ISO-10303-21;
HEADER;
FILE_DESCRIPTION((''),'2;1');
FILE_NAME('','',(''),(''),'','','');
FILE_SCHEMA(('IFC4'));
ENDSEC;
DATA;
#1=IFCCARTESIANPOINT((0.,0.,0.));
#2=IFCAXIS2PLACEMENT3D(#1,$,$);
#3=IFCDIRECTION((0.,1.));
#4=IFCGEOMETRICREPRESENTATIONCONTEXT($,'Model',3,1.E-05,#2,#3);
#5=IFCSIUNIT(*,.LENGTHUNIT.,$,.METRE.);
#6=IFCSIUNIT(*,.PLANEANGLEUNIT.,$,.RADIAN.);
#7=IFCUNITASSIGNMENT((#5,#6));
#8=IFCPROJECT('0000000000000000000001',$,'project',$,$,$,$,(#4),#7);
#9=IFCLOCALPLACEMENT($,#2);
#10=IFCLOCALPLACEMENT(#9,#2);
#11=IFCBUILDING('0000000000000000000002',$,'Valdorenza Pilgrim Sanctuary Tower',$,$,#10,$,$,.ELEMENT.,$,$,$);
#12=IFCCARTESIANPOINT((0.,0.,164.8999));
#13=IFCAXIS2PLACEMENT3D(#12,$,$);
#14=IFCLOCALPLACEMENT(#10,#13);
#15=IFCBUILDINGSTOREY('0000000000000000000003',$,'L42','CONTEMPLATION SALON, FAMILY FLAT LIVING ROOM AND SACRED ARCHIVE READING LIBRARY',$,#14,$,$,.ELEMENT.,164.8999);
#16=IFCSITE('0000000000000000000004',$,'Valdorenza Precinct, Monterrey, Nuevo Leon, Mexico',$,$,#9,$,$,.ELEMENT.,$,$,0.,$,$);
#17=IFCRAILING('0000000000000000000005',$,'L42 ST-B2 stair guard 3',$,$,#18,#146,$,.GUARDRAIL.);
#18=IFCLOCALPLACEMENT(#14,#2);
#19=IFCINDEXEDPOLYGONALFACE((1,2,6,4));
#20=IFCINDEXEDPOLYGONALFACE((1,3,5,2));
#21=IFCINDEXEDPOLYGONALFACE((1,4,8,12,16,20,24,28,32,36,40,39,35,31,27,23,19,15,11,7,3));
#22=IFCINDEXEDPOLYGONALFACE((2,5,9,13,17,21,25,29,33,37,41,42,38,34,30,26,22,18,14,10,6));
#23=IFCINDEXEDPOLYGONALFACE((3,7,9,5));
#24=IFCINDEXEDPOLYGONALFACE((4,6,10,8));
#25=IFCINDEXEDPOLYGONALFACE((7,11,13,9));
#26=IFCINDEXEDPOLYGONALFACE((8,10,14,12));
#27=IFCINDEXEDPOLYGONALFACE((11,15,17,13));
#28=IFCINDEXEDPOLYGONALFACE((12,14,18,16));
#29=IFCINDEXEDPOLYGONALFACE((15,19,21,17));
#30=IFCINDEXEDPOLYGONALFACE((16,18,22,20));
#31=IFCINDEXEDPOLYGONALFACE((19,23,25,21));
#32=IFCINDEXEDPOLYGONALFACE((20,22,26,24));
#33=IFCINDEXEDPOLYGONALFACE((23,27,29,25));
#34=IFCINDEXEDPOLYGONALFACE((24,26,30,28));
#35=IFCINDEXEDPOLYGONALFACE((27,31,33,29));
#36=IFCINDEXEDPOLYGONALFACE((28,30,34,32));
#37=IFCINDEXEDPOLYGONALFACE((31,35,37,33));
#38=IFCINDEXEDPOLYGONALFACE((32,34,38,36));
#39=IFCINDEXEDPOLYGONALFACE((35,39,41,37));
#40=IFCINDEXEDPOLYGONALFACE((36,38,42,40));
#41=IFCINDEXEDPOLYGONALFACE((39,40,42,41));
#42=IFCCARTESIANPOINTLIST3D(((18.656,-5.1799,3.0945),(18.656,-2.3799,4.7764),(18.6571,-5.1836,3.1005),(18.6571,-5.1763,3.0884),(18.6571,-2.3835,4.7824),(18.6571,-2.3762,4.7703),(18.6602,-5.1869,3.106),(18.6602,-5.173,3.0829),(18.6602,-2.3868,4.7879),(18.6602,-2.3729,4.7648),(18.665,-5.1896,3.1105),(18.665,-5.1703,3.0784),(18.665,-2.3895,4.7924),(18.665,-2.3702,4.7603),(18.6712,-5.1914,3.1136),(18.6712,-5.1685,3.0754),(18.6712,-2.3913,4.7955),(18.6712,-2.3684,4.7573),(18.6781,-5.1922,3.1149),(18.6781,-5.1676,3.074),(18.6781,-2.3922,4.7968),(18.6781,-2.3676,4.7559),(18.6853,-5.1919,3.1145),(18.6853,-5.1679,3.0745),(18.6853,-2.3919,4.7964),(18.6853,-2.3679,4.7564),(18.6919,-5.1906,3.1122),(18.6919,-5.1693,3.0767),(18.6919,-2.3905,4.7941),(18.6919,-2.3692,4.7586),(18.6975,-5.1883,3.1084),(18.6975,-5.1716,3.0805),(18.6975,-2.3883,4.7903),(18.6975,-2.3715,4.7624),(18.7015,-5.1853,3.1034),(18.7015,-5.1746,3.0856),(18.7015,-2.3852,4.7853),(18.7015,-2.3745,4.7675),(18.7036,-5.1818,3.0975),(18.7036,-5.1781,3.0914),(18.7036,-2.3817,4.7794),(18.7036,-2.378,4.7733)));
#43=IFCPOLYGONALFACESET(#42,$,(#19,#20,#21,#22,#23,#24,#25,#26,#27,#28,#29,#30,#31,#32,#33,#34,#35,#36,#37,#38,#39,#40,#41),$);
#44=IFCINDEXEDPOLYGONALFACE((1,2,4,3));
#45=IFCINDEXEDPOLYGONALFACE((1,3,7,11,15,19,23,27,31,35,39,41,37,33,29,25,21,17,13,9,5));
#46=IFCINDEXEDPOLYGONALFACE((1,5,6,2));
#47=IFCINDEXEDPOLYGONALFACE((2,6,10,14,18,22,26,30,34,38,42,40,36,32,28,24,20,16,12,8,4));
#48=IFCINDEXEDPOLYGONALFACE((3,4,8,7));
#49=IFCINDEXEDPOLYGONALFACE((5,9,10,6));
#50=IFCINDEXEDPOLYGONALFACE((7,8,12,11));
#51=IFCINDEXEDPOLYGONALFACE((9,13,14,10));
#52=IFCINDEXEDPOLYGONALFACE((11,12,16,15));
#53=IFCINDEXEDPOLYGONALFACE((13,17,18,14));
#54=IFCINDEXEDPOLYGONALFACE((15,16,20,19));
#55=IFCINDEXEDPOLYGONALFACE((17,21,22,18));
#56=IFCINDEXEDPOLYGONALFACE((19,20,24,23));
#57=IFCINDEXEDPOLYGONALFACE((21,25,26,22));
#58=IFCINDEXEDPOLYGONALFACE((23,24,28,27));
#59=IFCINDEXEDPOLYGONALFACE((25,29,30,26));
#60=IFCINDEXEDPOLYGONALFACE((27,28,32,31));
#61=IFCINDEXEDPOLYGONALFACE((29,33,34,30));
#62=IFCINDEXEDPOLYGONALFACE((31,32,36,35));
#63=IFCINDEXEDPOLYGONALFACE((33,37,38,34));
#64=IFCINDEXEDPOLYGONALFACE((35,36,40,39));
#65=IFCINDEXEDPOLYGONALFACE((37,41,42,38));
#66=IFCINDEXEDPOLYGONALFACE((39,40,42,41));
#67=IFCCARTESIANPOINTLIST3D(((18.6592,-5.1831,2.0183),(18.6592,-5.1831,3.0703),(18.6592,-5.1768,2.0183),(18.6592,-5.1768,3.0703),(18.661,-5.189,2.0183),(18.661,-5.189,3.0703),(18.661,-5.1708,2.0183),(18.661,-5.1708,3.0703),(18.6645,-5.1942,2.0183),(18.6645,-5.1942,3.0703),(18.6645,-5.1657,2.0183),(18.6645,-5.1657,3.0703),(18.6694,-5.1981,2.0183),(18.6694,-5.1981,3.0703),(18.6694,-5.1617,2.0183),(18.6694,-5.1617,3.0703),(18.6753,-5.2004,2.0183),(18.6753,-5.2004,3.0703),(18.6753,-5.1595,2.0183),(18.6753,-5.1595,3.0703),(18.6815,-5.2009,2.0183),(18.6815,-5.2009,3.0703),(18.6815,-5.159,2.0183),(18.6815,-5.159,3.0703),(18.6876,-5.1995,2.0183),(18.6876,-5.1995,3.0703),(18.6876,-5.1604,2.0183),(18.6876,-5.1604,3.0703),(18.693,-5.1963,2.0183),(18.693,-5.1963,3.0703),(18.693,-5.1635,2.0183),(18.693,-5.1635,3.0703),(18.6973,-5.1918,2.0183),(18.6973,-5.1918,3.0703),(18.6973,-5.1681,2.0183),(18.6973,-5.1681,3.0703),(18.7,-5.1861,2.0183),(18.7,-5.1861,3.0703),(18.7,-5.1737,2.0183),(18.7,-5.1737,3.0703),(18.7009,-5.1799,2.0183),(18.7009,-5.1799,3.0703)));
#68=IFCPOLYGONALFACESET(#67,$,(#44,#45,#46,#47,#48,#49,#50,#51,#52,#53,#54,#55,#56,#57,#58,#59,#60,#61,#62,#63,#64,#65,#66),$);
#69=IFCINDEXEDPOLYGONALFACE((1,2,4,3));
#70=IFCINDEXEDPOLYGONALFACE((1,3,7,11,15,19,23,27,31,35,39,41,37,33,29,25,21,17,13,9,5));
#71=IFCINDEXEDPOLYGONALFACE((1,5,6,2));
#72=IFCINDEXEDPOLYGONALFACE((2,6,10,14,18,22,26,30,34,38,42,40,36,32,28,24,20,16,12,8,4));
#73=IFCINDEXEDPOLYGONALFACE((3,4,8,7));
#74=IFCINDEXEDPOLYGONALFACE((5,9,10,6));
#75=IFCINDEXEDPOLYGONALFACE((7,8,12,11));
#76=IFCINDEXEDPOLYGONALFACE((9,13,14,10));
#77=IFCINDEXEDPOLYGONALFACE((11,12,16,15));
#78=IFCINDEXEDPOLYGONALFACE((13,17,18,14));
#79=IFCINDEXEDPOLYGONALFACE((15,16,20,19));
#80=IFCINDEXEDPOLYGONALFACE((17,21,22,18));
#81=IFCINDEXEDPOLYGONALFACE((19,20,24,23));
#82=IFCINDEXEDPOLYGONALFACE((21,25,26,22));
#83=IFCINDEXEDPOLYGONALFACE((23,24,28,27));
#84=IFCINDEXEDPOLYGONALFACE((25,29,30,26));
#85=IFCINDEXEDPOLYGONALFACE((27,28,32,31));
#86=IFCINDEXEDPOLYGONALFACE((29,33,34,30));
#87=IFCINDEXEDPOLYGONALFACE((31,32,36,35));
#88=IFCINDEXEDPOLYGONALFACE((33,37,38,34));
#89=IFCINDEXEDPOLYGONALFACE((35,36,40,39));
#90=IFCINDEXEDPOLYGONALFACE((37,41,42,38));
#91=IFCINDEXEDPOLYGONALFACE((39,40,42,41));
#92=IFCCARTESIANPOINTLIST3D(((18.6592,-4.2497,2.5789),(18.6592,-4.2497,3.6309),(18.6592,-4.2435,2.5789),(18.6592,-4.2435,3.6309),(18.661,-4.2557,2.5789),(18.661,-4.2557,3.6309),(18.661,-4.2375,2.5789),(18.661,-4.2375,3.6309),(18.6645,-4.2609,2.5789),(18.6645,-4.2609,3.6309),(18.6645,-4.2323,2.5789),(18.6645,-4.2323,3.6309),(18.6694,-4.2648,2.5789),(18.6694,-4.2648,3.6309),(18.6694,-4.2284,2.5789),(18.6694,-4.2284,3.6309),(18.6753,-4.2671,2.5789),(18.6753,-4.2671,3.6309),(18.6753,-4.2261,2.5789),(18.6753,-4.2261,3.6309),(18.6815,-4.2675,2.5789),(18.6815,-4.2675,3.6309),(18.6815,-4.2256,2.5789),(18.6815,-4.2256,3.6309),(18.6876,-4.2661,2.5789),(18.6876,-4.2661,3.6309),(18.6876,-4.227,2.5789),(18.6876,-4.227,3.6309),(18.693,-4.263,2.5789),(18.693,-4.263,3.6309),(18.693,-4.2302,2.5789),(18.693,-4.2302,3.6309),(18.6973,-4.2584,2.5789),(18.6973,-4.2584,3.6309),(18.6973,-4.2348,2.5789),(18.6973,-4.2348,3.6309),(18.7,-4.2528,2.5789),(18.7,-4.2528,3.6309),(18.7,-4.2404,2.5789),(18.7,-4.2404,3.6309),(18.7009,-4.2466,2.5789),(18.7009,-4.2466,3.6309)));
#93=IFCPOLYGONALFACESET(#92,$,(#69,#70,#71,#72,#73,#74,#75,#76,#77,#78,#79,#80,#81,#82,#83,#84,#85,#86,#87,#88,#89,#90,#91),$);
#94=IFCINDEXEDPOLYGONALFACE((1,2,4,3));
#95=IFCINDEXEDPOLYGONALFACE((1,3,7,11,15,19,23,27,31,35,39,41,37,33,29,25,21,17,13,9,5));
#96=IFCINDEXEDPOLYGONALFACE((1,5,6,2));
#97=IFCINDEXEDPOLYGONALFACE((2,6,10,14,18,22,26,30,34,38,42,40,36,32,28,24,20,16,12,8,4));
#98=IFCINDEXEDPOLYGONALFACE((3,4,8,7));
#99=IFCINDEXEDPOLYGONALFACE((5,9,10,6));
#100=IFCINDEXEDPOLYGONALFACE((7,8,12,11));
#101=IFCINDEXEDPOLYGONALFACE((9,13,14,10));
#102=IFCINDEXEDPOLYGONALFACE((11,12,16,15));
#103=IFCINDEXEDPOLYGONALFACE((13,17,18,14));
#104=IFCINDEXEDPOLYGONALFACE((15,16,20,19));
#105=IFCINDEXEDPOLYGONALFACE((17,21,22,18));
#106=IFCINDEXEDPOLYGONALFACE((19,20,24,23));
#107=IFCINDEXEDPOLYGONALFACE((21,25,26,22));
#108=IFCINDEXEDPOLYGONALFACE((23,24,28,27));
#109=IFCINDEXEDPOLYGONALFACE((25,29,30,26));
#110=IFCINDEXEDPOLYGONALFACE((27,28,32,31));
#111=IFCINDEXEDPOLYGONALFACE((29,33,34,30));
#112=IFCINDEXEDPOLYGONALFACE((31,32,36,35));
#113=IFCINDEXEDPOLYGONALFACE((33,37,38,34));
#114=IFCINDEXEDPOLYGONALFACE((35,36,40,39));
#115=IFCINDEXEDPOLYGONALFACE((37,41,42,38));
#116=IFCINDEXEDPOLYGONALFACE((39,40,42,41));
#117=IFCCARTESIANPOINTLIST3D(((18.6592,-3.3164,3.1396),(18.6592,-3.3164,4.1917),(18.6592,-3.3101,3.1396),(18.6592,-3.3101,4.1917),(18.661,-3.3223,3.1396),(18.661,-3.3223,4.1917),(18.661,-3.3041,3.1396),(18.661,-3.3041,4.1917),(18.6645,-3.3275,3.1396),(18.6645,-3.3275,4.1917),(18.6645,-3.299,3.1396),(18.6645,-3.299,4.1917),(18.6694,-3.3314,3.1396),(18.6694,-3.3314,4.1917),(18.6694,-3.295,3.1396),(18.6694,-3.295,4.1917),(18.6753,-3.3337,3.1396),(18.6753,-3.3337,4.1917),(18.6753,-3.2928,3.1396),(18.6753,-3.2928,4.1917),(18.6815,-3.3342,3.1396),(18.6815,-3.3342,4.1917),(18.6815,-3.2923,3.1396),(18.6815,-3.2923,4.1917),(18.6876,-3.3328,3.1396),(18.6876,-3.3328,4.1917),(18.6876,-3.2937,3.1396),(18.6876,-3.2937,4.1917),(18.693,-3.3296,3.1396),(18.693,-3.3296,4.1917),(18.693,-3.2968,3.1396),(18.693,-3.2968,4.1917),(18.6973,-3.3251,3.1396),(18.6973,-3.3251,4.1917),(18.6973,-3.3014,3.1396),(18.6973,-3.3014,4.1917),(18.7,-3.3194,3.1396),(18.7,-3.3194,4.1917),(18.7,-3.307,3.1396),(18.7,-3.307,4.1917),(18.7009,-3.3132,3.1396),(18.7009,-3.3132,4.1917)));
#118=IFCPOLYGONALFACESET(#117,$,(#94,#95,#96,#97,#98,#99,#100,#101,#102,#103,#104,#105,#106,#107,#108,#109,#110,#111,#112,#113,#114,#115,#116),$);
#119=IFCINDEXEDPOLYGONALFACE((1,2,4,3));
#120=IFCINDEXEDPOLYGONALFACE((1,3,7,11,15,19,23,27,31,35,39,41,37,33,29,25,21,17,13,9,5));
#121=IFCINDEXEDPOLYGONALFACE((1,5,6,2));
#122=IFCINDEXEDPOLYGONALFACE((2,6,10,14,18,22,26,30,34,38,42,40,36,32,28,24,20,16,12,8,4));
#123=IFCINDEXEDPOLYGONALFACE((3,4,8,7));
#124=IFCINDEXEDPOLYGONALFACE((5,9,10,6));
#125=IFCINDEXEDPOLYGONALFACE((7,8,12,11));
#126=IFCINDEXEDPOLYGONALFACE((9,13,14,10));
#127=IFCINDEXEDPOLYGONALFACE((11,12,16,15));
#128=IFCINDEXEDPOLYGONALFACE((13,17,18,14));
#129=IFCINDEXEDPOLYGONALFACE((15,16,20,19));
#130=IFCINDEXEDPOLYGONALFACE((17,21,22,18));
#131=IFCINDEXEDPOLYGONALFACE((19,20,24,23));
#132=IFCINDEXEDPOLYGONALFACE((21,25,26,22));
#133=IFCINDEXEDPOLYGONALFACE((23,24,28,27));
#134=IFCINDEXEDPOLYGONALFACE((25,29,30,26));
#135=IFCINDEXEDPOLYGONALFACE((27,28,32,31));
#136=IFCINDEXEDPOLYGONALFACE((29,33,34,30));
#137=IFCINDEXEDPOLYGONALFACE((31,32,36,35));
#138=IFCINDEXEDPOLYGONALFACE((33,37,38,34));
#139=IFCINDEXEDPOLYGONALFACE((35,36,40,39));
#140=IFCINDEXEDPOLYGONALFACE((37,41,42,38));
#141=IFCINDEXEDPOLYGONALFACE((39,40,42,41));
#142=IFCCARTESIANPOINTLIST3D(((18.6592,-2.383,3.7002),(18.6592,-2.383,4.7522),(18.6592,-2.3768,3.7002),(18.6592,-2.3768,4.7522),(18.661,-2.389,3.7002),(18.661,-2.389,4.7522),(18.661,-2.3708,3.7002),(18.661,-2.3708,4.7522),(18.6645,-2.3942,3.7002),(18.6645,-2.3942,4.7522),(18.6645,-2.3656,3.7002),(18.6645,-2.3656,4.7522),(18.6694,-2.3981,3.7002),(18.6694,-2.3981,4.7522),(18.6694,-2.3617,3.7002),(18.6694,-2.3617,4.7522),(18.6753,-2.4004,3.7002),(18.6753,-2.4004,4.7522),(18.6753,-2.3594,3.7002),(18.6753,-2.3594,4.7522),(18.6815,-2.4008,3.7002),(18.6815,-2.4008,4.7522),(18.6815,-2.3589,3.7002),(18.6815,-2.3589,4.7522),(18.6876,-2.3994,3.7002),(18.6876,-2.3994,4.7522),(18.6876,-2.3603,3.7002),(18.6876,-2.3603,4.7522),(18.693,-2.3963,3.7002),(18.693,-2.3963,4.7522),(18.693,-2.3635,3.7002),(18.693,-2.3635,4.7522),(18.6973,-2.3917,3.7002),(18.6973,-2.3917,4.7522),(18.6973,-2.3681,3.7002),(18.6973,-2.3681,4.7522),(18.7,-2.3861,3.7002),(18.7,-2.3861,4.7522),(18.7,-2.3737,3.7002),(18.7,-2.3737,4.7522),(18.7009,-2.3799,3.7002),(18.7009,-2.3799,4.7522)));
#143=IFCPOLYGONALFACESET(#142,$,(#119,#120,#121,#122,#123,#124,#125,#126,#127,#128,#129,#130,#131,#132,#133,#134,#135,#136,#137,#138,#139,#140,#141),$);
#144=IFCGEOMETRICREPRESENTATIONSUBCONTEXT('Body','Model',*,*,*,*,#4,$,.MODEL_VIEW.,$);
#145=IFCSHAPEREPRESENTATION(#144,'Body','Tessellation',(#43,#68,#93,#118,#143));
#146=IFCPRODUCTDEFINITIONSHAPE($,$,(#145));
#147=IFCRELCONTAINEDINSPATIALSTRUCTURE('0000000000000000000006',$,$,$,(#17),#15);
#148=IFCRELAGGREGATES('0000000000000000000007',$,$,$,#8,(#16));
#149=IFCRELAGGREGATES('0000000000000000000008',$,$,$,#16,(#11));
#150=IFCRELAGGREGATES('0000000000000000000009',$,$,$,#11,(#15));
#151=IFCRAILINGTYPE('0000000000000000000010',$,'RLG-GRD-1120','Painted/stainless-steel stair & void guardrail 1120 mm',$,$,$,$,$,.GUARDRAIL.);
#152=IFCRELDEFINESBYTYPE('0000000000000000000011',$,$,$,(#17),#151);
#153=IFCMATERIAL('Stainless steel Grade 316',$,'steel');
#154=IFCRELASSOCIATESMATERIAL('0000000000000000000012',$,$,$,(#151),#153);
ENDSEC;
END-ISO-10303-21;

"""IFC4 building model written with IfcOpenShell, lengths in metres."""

from ifc_helpers import new_model, si_unit, direction, frame, origin, origin_2d, place, context, subcontext, project, spatial, circle, extrude, material, type_object, element, save


model = new_model("IFC4")

# Units and contexts
model_context = context("Model", 3, precision=1e-05, world=origin(), true_north=direction((0.0, 1.0)))
body_context = subcontext(model_context, "Body", "Model", "MODEL_VIEW")
ifc_project = project(units=[si_unit("LENGTHUNIT", "METRE"), si_unit("PLANEANGLEUNIT", "RADIAN")], contexts=[model_context])

# Site, building, storey
site_placement = place(None, origin())
site = spatial("IfcSite", under=ifc_project, at=site_placement, Name="Valdorenza Precinct, Monterrey, Nuevo Leon, Mexico", CompositionType="ELEMENT", RefElevation=0.0)
building_placement = place(site_placement, origin())
building = spatial("IfcBuilding", under=site, at=building_placement, Name="Valdorenza Pilgrim Sanctuary Tower", CompositionType="ELEMENT")
storey_placement = place(building_placement, frame((0.0, 0.0, 164.8999)))
storey = spatial("IfcBuildingStorey", under=building, at=storey_placement, Name="L42", Description="CONTEMPLATION SALON, FAMILY FLAT LIVING ROOM AND SACRED ARCHIVE READING LIBRARY", CompositionType="ELEMENT", Elevation=164.8999)

# Railing
ifc_material_1 = material(Name="Stainless steel Grade 316", Category="steel")
railing_type_1 = type_object("IfcRailingType", Name="RLG-GRD-1120", Description="Painted/stainless-steel stair & void guardrail 1120 mm", PredefinedType="GUARDRAIL", material=ifc_material_1)
railing_1_placement = place(storey_placement, frame((18.6799, -5.1799, 2.0183)))
element("IfcRailing", 1, at=railing_1_placement, inside=storey, type_object=railing_type_1, Name="L42 ST-B2 stair guard 3", PredefinedType="GUARDRAIL", context=body_context, shape_type="SweptSolid", body=[
    extrude(circle(Radius=0.0239, at=origin_2d()), frame((0.0, 0.0, 1.0762), z_axis=(0.0, 0.857242, 0.514913), x_axis=(-1.0, 0.0, 0.0)), (0.0, 0.0, 1.0), 3.2664),
    extrude(circle(Radius=0.021, at=origin_2d()), origin(), (0.0, 0.0, 1.0), 1.052),
    extrude(circle(Radius=0.021, at=origin_2d()), frame((0.0, 0.9333, 0.5605)), (0.0, 0.0, 1.0), 1.052),
    extrude(circle(Radius=0.021, at=origin_2d()), frame((0.0, 1.8667, 1.1213)), (0.0, 0.0, 1.0), 1.052),
    extrude(circle(Radius=0.021, at=origin_2d()), frame((0.0, 2.8, 1.6819)), (0.0, 0.0, 1.0), 1.052),
])

save(model, "model.ifc")
